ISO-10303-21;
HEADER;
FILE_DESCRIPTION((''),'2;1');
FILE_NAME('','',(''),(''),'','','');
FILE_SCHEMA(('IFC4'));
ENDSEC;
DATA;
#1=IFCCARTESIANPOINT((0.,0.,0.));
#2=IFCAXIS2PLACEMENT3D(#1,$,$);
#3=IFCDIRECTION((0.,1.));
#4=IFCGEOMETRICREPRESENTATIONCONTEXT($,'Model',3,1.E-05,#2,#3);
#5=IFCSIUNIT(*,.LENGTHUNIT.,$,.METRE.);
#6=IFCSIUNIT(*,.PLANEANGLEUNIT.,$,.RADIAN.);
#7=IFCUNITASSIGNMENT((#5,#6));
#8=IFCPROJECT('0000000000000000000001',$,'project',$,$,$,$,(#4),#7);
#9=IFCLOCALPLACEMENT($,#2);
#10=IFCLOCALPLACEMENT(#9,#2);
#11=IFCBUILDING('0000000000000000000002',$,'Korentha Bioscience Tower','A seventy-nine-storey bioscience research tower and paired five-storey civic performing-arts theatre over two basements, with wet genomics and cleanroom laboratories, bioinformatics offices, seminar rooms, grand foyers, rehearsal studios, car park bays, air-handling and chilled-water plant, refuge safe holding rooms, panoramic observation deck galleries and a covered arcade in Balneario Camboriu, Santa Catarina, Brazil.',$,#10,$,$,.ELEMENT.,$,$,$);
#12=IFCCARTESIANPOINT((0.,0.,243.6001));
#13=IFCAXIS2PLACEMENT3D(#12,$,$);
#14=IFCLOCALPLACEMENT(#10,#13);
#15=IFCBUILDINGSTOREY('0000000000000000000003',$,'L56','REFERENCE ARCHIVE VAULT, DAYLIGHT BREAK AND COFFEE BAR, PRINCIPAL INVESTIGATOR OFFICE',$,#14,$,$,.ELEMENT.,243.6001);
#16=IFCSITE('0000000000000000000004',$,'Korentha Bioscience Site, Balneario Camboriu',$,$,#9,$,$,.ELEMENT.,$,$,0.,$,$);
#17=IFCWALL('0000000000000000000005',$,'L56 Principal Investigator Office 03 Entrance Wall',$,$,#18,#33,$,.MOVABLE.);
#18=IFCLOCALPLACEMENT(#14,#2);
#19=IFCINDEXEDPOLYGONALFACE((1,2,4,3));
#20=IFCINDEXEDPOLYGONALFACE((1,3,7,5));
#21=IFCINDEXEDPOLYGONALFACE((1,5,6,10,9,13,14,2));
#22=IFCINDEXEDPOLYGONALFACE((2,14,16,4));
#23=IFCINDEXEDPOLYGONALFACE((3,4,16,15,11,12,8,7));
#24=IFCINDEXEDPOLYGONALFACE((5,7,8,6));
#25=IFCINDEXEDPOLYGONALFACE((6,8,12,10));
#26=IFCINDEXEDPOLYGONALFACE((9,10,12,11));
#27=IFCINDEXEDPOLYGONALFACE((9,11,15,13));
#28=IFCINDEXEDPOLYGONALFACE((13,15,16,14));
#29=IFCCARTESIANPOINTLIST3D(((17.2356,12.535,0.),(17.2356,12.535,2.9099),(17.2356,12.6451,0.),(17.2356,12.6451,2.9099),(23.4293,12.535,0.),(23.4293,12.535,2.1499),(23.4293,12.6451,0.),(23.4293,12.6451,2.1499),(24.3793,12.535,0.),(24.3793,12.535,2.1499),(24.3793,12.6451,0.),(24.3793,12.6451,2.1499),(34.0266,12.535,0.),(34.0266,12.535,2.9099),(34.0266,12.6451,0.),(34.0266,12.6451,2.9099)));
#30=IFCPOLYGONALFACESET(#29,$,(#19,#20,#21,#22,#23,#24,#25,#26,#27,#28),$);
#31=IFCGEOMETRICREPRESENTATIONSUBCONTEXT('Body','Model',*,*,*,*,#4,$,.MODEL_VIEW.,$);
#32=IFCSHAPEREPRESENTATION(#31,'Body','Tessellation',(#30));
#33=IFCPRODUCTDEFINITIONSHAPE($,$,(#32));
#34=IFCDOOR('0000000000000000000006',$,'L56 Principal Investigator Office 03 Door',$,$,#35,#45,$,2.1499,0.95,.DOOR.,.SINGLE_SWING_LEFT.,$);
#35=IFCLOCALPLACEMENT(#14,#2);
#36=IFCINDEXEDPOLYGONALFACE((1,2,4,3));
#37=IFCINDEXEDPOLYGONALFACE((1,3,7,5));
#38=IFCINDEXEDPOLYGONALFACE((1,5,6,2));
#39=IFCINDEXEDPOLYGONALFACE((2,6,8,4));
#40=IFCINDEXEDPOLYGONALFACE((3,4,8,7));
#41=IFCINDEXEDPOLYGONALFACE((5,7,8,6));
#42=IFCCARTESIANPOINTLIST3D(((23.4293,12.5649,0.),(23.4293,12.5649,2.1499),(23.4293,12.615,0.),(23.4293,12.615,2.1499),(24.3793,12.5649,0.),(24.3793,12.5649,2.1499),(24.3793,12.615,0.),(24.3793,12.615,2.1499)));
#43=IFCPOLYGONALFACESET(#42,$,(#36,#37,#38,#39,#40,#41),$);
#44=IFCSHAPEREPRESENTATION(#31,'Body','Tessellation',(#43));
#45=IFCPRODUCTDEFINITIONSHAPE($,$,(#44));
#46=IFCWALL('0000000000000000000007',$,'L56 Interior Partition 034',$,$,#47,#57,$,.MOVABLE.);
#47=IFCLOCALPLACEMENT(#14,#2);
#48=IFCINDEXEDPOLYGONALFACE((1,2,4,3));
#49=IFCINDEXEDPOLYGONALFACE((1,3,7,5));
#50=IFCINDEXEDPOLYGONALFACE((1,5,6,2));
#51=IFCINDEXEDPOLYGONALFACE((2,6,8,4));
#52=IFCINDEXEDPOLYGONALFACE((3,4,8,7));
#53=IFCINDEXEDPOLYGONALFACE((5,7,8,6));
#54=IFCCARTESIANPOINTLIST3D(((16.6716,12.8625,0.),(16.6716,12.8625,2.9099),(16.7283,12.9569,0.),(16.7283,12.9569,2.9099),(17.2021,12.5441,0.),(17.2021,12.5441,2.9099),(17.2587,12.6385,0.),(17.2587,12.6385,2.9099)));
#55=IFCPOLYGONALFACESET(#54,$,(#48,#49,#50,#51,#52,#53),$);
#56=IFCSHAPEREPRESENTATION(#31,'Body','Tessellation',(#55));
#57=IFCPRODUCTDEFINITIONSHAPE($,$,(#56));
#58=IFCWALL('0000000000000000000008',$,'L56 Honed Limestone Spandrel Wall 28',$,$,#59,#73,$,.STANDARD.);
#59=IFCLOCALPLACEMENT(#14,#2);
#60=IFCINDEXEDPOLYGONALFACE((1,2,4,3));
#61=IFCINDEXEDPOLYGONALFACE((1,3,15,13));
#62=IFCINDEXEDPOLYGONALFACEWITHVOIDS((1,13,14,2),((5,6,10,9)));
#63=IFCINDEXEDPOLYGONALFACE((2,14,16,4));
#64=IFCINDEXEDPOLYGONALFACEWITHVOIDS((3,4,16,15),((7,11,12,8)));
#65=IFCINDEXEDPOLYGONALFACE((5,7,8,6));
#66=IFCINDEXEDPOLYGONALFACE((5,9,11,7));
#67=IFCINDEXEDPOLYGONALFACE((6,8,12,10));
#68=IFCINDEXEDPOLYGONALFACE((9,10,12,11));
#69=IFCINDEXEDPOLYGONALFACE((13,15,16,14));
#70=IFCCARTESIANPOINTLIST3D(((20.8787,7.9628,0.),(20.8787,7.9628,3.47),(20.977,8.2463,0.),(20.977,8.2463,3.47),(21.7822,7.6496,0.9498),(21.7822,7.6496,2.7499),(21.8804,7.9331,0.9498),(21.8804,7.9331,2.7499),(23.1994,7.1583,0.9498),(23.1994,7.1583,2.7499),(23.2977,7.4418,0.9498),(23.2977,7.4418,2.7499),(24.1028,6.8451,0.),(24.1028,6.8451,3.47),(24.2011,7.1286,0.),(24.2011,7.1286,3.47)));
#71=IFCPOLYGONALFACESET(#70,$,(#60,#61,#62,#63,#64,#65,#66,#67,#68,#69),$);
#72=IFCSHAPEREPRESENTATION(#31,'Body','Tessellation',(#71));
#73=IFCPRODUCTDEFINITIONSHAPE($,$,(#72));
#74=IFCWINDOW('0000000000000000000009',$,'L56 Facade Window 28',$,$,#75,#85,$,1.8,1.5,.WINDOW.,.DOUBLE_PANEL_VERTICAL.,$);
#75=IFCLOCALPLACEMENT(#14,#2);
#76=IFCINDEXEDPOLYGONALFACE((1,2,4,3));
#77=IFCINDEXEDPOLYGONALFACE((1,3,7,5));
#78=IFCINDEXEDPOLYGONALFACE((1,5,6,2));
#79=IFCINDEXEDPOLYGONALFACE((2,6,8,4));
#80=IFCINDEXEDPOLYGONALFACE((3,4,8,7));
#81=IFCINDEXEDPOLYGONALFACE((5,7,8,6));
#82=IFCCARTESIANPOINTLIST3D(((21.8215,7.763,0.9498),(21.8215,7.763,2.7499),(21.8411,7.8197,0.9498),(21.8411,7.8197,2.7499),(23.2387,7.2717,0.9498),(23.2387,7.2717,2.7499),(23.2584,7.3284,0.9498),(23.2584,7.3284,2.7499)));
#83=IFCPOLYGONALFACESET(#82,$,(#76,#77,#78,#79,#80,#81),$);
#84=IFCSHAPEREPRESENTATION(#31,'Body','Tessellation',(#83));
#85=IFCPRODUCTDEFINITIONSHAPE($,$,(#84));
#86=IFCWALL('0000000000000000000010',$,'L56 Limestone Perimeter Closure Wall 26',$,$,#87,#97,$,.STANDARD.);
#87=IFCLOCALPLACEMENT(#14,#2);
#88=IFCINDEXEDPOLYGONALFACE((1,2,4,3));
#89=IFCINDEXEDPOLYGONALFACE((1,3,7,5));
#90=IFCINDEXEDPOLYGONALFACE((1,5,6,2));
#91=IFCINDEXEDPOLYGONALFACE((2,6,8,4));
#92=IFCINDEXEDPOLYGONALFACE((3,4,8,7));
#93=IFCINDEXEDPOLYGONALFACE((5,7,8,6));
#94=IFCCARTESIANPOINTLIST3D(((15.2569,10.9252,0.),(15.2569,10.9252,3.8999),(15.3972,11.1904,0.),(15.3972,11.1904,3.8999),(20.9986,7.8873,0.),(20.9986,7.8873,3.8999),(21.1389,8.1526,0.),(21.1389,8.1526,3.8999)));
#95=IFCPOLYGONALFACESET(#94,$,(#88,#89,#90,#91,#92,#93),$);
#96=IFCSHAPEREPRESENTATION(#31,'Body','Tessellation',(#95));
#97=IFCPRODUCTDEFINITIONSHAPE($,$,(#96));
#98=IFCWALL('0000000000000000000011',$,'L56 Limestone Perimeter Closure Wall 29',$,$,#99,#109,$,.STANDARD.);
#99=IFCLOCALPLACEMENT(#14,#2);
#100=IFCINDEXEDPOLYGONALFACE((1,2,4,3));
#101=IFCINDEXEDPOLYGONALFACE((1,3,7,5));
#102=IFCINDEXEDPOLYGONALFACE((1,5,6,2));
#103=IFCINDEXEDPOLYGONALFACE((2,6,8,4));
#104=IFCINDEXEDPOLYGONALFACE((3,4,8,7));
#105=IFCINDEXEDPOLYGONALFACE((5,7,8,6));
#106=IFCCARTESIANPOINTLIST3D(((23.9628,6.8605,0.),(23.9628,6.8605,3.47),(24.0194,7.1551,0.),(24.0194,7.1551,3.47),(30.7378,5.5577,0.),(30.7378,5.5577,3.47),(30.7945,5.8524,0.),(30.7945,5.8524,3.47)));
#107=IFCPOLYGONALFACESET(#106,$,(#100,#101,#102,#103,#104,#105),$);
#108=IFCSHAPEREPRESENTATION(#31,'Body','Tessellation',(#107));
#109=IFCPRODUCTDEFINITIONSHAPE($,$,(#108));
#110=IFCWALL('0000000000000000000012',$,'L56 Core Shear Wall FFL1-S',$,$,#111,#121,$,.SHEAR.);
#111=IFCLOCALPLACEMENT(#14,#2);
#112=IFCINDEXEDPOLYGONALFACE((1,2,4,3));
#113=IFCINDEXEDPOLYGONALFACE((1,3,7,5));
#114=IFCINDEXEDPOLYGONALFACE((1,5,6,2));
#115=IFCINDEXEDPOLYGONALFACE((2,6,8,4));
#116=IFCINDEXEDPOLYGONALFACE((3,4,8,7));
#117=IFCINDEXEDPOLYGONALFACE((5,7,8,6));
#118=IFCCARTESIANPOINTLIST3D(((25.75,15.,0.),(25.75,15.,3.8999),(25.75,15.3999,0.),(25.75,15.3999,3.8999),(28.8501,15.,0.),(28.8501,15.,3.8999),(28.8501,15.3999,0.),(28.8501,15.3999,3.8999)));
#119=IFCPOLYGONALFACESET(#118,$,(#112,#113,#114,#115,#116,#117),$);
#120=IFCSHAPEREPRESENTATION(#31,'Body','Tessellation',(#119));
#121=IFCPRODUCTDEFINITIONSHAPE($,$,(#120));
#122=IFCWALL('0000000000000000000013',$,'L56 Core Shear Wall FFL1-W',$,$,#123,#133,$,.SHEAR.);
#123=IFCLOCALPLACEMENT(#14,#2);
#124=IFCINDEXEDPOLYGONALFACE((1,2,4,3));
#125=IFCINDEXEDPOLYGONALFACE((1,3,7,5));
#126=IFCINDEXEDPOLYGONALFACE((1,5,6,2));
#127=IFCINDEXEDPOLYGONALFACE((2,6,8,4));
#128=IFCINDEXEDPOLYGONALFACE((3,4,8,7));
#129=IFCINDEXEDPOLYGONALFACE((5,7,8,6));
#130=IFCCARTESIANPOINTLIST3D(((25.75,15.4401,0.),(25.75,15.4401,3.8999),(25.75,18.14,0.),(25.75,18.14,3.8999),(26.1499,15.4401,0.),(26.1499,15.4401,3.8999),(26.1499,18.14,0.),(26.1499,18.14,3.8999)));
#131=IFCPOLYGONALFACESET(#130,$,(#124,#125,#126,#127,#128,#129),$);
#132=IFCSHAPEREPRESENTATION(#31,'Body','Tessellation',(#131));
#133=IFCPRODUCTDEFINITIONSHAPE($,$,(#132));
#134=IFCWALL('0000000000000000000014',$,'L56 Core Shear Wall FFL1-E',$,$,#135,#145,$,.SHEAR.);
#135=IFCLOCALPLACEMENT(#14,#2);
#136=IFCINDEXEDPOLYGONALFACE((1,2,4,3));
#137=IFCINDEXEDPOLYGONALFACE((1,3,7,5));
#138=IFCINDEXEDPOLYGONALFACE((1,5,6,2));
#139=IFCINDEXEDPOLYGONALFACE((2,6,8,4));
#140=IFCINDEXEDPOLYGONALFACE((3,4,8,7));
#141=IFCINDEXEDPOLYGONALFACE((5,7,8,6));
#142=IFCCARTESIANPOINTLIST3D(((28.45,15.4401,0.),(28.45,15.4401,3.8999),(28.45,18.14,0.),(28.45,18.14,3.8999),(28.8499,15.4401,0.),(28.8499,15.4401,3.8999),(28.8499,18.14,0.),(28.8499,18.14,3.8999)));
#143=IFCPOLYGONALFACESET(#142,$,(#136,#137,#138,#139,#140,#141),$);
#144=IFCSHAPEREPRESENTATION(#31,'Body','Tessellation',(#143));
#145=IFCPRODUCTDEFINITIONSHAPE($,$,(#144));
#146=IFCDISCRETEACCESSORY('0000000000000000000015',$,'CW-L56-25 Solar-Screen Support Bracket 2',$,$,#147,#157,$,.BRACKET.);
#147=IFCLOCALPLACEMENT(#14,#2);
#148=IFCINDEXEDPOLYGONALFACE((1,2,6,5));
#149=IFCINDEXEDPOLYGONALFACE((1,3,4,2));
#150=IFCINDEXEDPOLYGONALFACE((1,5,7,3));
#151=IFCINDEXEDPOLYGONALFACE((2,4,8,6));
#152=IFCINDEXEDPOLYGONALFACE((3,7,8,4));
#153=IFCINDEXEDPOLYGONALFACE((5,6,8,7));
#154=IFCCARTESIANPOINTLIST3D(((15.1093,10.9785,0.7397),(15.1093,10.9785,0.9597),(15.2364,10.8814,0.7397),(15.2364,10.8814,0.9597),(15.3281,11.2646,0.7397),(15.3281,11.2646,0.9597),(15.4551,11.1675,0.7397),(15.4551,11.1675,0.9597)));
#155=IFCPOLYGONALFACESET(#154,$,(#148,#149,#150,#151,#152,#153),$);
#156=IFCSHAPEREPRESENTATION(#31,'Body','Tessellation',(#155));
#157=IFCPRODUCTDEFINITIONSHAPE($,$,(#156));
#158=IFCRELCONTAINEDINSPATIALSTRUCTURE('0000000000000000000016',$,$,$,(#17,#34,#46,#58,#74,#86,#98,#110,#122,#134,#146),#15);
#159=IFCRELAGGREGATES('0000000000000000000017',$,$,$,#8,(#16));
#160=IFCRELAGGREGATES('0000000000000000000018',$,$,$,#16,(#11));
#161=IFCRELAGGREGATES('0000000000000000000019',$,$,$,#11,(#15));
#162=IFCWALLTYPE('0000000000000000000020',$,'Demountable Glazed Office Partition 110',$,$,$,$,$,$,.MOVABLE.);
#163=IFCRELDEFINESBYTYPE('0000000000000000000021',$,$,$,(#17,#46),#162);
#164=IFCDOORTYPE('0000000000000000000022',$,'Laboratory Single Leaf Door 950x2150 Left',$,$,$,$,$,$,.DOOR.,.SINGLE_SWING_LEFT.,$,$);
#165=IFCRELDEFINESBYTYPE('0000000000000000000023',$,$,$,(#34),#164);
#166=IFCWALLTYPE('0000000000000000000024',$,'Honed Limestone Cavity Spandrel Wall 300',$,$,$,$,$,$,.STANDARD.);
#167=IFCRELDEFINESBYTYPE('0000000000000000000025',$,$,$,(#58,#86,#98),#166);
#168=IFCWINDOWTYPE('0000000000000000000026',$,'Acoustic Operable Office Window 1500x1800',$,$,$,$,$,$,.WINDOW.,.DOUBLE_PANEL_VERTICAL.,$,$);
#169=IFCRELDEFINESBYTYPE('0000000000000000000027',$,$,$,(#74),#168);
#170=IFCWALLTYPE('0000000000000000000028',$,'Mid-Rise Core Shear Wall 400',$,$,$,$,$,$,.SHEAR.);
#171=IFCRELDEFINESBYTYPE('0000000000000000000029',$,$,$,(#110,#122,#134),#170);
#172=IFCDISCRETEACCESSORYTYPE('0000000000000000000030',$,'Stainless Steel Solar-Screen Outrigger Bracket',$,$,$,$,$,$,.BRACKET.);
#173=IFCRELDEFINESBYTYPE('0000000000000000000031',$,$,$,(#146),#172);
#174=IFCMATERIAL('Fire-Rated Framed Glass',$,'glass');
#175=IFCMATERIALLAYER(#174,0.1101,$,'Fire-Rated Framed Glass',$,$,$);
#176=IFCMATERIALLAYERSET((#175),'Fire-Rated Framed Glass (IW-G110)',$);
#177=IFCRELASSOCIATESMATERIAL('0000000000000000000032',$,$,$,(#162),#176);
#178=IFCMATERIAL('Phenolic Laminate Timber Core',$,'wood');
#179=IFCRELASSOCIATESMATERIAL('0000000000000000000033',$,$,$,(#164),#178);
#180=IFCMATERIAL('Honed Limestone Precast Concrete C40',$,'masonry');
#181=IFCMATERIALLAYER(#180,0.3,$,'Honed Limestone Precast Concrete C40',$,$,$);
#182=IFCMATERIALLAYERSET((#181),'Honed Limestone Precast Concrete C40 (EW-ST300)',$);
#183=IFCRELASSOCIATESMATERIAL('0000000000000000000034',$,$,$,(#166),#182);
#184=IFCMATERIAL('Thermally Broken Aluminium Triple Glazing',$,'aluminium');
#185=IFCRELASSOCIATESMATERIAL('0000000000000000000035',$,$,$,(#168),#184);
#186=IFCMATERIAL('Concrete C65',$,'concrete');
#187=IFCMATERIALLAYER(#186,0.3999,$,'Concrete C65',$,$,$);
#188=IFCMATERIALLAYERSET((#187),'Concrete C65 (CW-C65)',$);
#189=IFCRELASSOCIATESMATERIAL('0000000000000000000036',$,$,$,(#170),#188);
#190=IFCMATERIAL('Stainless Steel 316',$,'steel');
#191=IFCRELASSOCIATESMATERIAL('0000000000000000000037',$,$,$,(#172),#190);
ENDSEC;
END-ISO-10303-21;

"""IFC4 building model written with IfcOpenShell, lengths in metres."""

from ifc_helpers import new_model, si_unit, direction, frame, frame_2d, origin, origin_2d, place, context, subcontext, project, spatial, rectangle, extrude, material, layer, layer_set, type_object, element, fill, save


model = new_model("IFC4")

# Units and contexts
model_context = context("Model", 3, precision=1e-05, world=origin(), true_north=direction((0.0, 1.0)))
body_context = subcontext(model_context, "Body", "Model", "MODEL_VIEW")
ifc_project = project(units=[si_unit("LENGTHUNIT", "METRE"), si_unit("PLANEANGLEUNIT", "RADIAN")], contexts=[model_context])

# Site, building, storey
site_placement = place(None, origin())
site = spatial("IfcSite", under=ifc_project, at=site_placement, Name="Korentha Bioscience Site, Balneario Camboriu", CompositionType="ELEMENT", RefElevation=0.0)
building_placement = place(site_placement, origin())
building = spatial("IfcBuilding", under=site, at=building_placement, Name="Korentha Bioscience Tower", Description="A seventy-nine-storey bioscience research tower and paired five-storey civic performing-arts theatre over two basements, with wet genomics and cleanroom laboratories, bioinformatics offices, seminar rooms, grand foyers, rehearsal studios, car park bays, air-handling and chilled-water plant, refuge safe holding rooms, panoramic observation deck galleries and a covered arcade in Balneario Camboriu, Santa Catarina, Brazil.", CompositionType="ELEMENT")
storey_placement = place(building_placement, frame((0.0, 0.0, 243.6001)))
storey = spatial("IfcBuildingStorey", under=building, at=storey_placement, Name="L56", Description="REFERENCE ARCHIVE VAULT, DAYLIGHT BREAK AND COFFEE BAR, PRINCIPAL INVESTIGATOR OFFICE", CompositionType="ELEMENT", Elevation=243.6001)

# Shared definitions
ifc_material_1 = material(Name="Concrete C65", Category="concrete")

# Shared definitions
ifc_material_2 = material(Name="Phenolic Laminate Timber Core", Category="wood")

# Wall, opening, door
ifc_material_3 = material(Name="Fire-Rated Framed Glass", Category="glass")
ifc_layer_1 = layer(ifc_material_3, 0.1101, Name="Fire-Rated Framed Glass")
ifc_layer_set_1 = layer_set([ifc_layer_1], Name="Fire-Rated Framed Glass (IW-G110)")
wall_type_1 = type_object("IfcWallType", Name="Demountable Glazed Office Partition 110", PredefinedType="MOVABLE", material=ifc_layer_set_1)
wall_1_placement = place(storey_placement, frame((17.2356, 12.5901, 0.0), z_axis=(0.0, 0.0, 1.0), x_axis=(1.0, 0.0, 0.0)))
wall_1 = element("IfcWall", 1, at=wall_1_placement, inside=storey, type_object=wall_type_1, Name="L56 Principal Investigator Office 03 Entrance Wall", PredefinedType="MOVABLE", context=body_context, shape_type="SweptSolid", body=[
    extrude(rectangle(XDim=16.791, YDim=0.1101, at=frame_2d((8.3955, 0.0))), origin(), (0.0, 0.0, 1.0), 2.9099),
])
opening_1_placement = place(wall_1_placement, frame((6.1936, 0.0, 0.0)))
opening_1 = element("IfcOpeningElement", 2, at=opening_1_placement, cuts=wall_1, PredefinedType="OPENING", context=body_context, shape_type="SweptSolid", body=[
    extrude(rectangle(XDim=0.95, YDim=2.1499, at=frame_2d((0.4751, 1.075))), frame((0.0, 0.0698, 0.0), z_axis=(0.0, -1.0, 0.0), x_axis=(1.0, 0.0, 0.0)), (0.0, 0.0, 1.0), 0.1399),
])
door_type_1 = type_object("IfcDoorType", Name="Laboratory Single Leaf Door 950x2150 Left", OperationType="SINGLE_SWING_LEFT", PredefinedType="DOOR", material=ifc_material_2)
door_1_placement = place(opening_1_placement, origin())
door_1 = element("IfcDoor", 3, at=door_1_placement, inside=storey, type_object=door_type_1, Name="L56 Principal Investigator Office 03 Door", OperationType="SINGLE_SWING_LEFT", OverallHeight=2.1499, OverallWidth=0.95, PredefinedType="DOOR", context=body_context, shape_type="SweptSolid", body=[
    extrude(rectangle(XDim=0.95, YDim=2.1499, at=frame_2d((0.4751, 1.075))), frame((0.0, 0.0249, 0.0), z_axis=(0.0, -1.0, 0.0), x_axis=(1.0, 0.0, 0.0)), (0.0, 0.0, 1.0), 0.05),
])
fill(opening_1, door_1)

# Wall
wall_2_placement = place(storey_placement, frame((16.7, 12.9097, 0.0), z_axis=(0.0, 0.0, 1.0), x_axis=(0.857458, -0.514554, 0.0)))
element("IfcWall", 4, at=wall_2_placement, inside=storey, type_object=wall_type_1, Name="L56 Interior Partition 034", PredefinedType="MOVABLE", context=body_context, shape_type="SweptSolid", body=[
    extrude(rectangle(XDim=0.6187, YDim=0.1101, at=frame_2d((0.3093, 0.0))), origin(), (0.0, 0.0, 1.0), 2.9099),
])

# Wall, opening, window
ifc_material_4 = material(Name="Honed Limestone Precast Concrete C40", Category="masonry")
ifc_layer_2 = layer(ifc_material_4, 0.3, Name="Honed Limestone Precast Concrete C40")
ifc_layer_set_2 = layer_set([ifc_layer_2], Name="Honed Limestone Precast Concrete C40 (EW-ST300)")
wall_type_2 = type_object("IfcWallType", Name="Honed Limestone Cavity Spandrel Wall 300", PredefinedType="STANDARD", material=ifc_layer_set_2)
wall_3_placement = place(storey_placement, frame((20.928, 8.1045, 0.0), z_axis=(0.0, 0.0, 1.0), x_axis=(0.944838, -0.327538, 0.0)))
wall_3 = element("IfcWall", 5, at=wall_3_placement, inside=storey, type_object=wall_type_2, Name="L56 Honed Limestone Spandrel Wall 28", PredefinedType="STANDARD", context=body_context, shape_type="SweptSolid", body=[
    extrude(rectangle(XDim=3.4124, YDim=0.3, at=frame_2d((1.7061, 0.0))), origin(), (0.0, 0.0, 1.0), 3.47),
])
opening_2_placement = place(wall_3_placement, frame((0.9561, 0.0, 0.95)))
opening_2 = element("IfcOpeningElement", 6, at=opening_2_placement, cuts=wall_3, PredefinedType="OPENING", context=body_context, shape_type="SweptSolid", body=[
    extrude(rectangle(XDim=1.5, YDim=1.8, at=frame_2d((0.75, 0.8999))), frame((0.0, 0.165, 0.0), z_axis=(0.0, -1.0, 0.0), x_axis=(1.0, 0.0, 0.0)), (0.0, 0.0, 1.0), 0.3298),
])
ifc_material_5 = material(Name="Thermally Broken Aluminium Triple Glazing", Category="aluminium")
window_type = type_object("IfcWindowType", Name="Acoustic Operable Office Window 1500x1800", PartitioningType="DOUBLE_PANEL_VERTICAL", PredefinedType="WINDOW", material=ifc_material_5)
window_placement = place(opening_2_placement, origin())
window = element("IfcWindow", 7, at=window_placement, inside=storey, type_object=window_type, Name="L56 Facade Window 28", OverallHeight=1.8, OverallWidth=1.5, PartitioningType="DOUBLE_PANEL_VERTICAL", PredefinedType="WINDOW", context=body_context, shape_type="SweptSolid", body=[
    extrude(rectangle(XDim=1.5, YDim=1.8, at=frame_2d((0.75, 0.8999))), frame((0.0, 0.03, 0.0), z_axis=(0.0, -1.0, 0.0), x_axis=(1.0, 0.0, 0.0)), (0.0, 0.0, 1.0), 0.0601),
])
fill(opening_2, window)

# Walls
wall_4_placement = place(storey_placement, frame((15.3269, 11.0579, 0.0), z_axis=(0.0, 0.0, 1.0), x_axis=(0.883908, -0.467661, 0.0)))
element("IfcWall", 8, at=wall_4_placement, inside=storey, type_object=wall_type_2, Name="L56 Limestone Perimeter Closure Wall 26", PredefinedType="STANDARD", context=body_context, shape_type="SweptSolid", body=[
    extrude(rectangle(XDim=6.4958, YDim=0.3, at=frame_2d((3.248, 0.0))), origin(), (0.0, 0.0, 1.0), 3.8999),
])
wall_5_placement = place(storey_placement, frame((23.991, 7.0078, 0.0), z_axis=(0.0, 0.0, 1.0), x_axis=(0.982011, -0.188822, 0.0)))
element("IfcWall", 9, at=wall_5_placement, inside=storey, type_object=wall_type_2, Name="L56 Limestone Perimeter Closure Wall 29", PredefinedType="STANDARD", context=body_context, shape_type="SweptSolid", body=[
    extrude(rectangle(XDim=6.8992, YDim=0.3, at=frame_2d((3.4497, 0.0))), origin(), (0.0, 0.0, 1.0), 3.47),
])
ifc_layer_3 = layer(ifc_material_1, 0.3999, Name="Concrete C65")
ifc_layer_set_3 = layer_set([ifc_layer_3], Name="Concrete C65 (CW-C65)")
wall_type_3 = type_object("IfcWallType", Name="Mid-Rise Core Shear Wall 400", PredefinedType="SHEAR", material=ifc_layer_set_3)
wall_6_placement = place(storey_placement, frame((25.75, 15.2, 0.0), z_axis=(0.0, 0.0, 1.0), x_axis=(1.0, 0.0, 0.0)))
element("IfcWall", 10, at=wall_6_placement, inside=storey, type_object=wall_type_3, Name="L56 Core Shear Wall FFL1-S", PredefinedType="SHEAR", context=body_context, shape_type="SweptSolid", body=[
    extrude(rectangle(XDim=3.1001, YDim=0.3999, at=frame_2d((1.55, 0.0))), origin(), (0.0, 0.0, 1.0), 3.8999),
])
for number, where, z_axis, x_axis, name in (
    (11, (25.95, 15.4399, 0.0), (0.0, 0.0, 1.0), (0.0, 1.0, 0.0), "L56 Core Shear Wall FFL1-W"),
    (12, (28.6499, 15.4399, 0.0), (0.0, 0.0, 1.0), (0.0, 1.0, 0.0), "L56 Core Shear Wall FFL1-E"),
):
    element("IfcWall", number, at=place(storey_placement, frame(where, z_axis=z_axis, x_axis=x_axis)), inside=storey, type_object=wall_type_3, Name=name, PredefinedType="SHEAR", context=body_context, shape_type="SweptSolid", body=[
        extrude(rectangle(XDim=2.7, YDim=0.3999, at=frame_2d((1.3501, 0.0))), origin(), (0.0, 0.0, 1.0), 3.8999),
    ])

# Discrete accessory
ifc_material_6 = material(Name="Stainless Steel 316", Category="steel")
discrete_accessory_type = type_object("IfcDiscreteAccessoryType", Name="Stainless Steel Solar-Screen Outrigger Bracket", PredefinedType="BRACKET", material=ifc_material_6)
discrete_accessory_placement = place(storey_placement, frame((15.2822, 11.073, 0.7397), z_axis=(0.0, 0.0, 1.0), x_axis=(0.794382, -0.607418, 0.0)))
element("IfcDiscreteAccessory", 13, at=discrete_accessory_placement, inside=storey, type_object=discrete_accessory_type, Name="CW-L56-25 Solar-Screen Support Bracket 2", PredefinedType="BRACKET", context=body_context, shape_type="SweptSolid", body=[
    extrude(rectangle(XDim=0.1599, YDim=0.3601, at=origin_2d()), origin(), (0.0, 0.0, 1.0), 0.22),
])

save(model, "model.ifc")
